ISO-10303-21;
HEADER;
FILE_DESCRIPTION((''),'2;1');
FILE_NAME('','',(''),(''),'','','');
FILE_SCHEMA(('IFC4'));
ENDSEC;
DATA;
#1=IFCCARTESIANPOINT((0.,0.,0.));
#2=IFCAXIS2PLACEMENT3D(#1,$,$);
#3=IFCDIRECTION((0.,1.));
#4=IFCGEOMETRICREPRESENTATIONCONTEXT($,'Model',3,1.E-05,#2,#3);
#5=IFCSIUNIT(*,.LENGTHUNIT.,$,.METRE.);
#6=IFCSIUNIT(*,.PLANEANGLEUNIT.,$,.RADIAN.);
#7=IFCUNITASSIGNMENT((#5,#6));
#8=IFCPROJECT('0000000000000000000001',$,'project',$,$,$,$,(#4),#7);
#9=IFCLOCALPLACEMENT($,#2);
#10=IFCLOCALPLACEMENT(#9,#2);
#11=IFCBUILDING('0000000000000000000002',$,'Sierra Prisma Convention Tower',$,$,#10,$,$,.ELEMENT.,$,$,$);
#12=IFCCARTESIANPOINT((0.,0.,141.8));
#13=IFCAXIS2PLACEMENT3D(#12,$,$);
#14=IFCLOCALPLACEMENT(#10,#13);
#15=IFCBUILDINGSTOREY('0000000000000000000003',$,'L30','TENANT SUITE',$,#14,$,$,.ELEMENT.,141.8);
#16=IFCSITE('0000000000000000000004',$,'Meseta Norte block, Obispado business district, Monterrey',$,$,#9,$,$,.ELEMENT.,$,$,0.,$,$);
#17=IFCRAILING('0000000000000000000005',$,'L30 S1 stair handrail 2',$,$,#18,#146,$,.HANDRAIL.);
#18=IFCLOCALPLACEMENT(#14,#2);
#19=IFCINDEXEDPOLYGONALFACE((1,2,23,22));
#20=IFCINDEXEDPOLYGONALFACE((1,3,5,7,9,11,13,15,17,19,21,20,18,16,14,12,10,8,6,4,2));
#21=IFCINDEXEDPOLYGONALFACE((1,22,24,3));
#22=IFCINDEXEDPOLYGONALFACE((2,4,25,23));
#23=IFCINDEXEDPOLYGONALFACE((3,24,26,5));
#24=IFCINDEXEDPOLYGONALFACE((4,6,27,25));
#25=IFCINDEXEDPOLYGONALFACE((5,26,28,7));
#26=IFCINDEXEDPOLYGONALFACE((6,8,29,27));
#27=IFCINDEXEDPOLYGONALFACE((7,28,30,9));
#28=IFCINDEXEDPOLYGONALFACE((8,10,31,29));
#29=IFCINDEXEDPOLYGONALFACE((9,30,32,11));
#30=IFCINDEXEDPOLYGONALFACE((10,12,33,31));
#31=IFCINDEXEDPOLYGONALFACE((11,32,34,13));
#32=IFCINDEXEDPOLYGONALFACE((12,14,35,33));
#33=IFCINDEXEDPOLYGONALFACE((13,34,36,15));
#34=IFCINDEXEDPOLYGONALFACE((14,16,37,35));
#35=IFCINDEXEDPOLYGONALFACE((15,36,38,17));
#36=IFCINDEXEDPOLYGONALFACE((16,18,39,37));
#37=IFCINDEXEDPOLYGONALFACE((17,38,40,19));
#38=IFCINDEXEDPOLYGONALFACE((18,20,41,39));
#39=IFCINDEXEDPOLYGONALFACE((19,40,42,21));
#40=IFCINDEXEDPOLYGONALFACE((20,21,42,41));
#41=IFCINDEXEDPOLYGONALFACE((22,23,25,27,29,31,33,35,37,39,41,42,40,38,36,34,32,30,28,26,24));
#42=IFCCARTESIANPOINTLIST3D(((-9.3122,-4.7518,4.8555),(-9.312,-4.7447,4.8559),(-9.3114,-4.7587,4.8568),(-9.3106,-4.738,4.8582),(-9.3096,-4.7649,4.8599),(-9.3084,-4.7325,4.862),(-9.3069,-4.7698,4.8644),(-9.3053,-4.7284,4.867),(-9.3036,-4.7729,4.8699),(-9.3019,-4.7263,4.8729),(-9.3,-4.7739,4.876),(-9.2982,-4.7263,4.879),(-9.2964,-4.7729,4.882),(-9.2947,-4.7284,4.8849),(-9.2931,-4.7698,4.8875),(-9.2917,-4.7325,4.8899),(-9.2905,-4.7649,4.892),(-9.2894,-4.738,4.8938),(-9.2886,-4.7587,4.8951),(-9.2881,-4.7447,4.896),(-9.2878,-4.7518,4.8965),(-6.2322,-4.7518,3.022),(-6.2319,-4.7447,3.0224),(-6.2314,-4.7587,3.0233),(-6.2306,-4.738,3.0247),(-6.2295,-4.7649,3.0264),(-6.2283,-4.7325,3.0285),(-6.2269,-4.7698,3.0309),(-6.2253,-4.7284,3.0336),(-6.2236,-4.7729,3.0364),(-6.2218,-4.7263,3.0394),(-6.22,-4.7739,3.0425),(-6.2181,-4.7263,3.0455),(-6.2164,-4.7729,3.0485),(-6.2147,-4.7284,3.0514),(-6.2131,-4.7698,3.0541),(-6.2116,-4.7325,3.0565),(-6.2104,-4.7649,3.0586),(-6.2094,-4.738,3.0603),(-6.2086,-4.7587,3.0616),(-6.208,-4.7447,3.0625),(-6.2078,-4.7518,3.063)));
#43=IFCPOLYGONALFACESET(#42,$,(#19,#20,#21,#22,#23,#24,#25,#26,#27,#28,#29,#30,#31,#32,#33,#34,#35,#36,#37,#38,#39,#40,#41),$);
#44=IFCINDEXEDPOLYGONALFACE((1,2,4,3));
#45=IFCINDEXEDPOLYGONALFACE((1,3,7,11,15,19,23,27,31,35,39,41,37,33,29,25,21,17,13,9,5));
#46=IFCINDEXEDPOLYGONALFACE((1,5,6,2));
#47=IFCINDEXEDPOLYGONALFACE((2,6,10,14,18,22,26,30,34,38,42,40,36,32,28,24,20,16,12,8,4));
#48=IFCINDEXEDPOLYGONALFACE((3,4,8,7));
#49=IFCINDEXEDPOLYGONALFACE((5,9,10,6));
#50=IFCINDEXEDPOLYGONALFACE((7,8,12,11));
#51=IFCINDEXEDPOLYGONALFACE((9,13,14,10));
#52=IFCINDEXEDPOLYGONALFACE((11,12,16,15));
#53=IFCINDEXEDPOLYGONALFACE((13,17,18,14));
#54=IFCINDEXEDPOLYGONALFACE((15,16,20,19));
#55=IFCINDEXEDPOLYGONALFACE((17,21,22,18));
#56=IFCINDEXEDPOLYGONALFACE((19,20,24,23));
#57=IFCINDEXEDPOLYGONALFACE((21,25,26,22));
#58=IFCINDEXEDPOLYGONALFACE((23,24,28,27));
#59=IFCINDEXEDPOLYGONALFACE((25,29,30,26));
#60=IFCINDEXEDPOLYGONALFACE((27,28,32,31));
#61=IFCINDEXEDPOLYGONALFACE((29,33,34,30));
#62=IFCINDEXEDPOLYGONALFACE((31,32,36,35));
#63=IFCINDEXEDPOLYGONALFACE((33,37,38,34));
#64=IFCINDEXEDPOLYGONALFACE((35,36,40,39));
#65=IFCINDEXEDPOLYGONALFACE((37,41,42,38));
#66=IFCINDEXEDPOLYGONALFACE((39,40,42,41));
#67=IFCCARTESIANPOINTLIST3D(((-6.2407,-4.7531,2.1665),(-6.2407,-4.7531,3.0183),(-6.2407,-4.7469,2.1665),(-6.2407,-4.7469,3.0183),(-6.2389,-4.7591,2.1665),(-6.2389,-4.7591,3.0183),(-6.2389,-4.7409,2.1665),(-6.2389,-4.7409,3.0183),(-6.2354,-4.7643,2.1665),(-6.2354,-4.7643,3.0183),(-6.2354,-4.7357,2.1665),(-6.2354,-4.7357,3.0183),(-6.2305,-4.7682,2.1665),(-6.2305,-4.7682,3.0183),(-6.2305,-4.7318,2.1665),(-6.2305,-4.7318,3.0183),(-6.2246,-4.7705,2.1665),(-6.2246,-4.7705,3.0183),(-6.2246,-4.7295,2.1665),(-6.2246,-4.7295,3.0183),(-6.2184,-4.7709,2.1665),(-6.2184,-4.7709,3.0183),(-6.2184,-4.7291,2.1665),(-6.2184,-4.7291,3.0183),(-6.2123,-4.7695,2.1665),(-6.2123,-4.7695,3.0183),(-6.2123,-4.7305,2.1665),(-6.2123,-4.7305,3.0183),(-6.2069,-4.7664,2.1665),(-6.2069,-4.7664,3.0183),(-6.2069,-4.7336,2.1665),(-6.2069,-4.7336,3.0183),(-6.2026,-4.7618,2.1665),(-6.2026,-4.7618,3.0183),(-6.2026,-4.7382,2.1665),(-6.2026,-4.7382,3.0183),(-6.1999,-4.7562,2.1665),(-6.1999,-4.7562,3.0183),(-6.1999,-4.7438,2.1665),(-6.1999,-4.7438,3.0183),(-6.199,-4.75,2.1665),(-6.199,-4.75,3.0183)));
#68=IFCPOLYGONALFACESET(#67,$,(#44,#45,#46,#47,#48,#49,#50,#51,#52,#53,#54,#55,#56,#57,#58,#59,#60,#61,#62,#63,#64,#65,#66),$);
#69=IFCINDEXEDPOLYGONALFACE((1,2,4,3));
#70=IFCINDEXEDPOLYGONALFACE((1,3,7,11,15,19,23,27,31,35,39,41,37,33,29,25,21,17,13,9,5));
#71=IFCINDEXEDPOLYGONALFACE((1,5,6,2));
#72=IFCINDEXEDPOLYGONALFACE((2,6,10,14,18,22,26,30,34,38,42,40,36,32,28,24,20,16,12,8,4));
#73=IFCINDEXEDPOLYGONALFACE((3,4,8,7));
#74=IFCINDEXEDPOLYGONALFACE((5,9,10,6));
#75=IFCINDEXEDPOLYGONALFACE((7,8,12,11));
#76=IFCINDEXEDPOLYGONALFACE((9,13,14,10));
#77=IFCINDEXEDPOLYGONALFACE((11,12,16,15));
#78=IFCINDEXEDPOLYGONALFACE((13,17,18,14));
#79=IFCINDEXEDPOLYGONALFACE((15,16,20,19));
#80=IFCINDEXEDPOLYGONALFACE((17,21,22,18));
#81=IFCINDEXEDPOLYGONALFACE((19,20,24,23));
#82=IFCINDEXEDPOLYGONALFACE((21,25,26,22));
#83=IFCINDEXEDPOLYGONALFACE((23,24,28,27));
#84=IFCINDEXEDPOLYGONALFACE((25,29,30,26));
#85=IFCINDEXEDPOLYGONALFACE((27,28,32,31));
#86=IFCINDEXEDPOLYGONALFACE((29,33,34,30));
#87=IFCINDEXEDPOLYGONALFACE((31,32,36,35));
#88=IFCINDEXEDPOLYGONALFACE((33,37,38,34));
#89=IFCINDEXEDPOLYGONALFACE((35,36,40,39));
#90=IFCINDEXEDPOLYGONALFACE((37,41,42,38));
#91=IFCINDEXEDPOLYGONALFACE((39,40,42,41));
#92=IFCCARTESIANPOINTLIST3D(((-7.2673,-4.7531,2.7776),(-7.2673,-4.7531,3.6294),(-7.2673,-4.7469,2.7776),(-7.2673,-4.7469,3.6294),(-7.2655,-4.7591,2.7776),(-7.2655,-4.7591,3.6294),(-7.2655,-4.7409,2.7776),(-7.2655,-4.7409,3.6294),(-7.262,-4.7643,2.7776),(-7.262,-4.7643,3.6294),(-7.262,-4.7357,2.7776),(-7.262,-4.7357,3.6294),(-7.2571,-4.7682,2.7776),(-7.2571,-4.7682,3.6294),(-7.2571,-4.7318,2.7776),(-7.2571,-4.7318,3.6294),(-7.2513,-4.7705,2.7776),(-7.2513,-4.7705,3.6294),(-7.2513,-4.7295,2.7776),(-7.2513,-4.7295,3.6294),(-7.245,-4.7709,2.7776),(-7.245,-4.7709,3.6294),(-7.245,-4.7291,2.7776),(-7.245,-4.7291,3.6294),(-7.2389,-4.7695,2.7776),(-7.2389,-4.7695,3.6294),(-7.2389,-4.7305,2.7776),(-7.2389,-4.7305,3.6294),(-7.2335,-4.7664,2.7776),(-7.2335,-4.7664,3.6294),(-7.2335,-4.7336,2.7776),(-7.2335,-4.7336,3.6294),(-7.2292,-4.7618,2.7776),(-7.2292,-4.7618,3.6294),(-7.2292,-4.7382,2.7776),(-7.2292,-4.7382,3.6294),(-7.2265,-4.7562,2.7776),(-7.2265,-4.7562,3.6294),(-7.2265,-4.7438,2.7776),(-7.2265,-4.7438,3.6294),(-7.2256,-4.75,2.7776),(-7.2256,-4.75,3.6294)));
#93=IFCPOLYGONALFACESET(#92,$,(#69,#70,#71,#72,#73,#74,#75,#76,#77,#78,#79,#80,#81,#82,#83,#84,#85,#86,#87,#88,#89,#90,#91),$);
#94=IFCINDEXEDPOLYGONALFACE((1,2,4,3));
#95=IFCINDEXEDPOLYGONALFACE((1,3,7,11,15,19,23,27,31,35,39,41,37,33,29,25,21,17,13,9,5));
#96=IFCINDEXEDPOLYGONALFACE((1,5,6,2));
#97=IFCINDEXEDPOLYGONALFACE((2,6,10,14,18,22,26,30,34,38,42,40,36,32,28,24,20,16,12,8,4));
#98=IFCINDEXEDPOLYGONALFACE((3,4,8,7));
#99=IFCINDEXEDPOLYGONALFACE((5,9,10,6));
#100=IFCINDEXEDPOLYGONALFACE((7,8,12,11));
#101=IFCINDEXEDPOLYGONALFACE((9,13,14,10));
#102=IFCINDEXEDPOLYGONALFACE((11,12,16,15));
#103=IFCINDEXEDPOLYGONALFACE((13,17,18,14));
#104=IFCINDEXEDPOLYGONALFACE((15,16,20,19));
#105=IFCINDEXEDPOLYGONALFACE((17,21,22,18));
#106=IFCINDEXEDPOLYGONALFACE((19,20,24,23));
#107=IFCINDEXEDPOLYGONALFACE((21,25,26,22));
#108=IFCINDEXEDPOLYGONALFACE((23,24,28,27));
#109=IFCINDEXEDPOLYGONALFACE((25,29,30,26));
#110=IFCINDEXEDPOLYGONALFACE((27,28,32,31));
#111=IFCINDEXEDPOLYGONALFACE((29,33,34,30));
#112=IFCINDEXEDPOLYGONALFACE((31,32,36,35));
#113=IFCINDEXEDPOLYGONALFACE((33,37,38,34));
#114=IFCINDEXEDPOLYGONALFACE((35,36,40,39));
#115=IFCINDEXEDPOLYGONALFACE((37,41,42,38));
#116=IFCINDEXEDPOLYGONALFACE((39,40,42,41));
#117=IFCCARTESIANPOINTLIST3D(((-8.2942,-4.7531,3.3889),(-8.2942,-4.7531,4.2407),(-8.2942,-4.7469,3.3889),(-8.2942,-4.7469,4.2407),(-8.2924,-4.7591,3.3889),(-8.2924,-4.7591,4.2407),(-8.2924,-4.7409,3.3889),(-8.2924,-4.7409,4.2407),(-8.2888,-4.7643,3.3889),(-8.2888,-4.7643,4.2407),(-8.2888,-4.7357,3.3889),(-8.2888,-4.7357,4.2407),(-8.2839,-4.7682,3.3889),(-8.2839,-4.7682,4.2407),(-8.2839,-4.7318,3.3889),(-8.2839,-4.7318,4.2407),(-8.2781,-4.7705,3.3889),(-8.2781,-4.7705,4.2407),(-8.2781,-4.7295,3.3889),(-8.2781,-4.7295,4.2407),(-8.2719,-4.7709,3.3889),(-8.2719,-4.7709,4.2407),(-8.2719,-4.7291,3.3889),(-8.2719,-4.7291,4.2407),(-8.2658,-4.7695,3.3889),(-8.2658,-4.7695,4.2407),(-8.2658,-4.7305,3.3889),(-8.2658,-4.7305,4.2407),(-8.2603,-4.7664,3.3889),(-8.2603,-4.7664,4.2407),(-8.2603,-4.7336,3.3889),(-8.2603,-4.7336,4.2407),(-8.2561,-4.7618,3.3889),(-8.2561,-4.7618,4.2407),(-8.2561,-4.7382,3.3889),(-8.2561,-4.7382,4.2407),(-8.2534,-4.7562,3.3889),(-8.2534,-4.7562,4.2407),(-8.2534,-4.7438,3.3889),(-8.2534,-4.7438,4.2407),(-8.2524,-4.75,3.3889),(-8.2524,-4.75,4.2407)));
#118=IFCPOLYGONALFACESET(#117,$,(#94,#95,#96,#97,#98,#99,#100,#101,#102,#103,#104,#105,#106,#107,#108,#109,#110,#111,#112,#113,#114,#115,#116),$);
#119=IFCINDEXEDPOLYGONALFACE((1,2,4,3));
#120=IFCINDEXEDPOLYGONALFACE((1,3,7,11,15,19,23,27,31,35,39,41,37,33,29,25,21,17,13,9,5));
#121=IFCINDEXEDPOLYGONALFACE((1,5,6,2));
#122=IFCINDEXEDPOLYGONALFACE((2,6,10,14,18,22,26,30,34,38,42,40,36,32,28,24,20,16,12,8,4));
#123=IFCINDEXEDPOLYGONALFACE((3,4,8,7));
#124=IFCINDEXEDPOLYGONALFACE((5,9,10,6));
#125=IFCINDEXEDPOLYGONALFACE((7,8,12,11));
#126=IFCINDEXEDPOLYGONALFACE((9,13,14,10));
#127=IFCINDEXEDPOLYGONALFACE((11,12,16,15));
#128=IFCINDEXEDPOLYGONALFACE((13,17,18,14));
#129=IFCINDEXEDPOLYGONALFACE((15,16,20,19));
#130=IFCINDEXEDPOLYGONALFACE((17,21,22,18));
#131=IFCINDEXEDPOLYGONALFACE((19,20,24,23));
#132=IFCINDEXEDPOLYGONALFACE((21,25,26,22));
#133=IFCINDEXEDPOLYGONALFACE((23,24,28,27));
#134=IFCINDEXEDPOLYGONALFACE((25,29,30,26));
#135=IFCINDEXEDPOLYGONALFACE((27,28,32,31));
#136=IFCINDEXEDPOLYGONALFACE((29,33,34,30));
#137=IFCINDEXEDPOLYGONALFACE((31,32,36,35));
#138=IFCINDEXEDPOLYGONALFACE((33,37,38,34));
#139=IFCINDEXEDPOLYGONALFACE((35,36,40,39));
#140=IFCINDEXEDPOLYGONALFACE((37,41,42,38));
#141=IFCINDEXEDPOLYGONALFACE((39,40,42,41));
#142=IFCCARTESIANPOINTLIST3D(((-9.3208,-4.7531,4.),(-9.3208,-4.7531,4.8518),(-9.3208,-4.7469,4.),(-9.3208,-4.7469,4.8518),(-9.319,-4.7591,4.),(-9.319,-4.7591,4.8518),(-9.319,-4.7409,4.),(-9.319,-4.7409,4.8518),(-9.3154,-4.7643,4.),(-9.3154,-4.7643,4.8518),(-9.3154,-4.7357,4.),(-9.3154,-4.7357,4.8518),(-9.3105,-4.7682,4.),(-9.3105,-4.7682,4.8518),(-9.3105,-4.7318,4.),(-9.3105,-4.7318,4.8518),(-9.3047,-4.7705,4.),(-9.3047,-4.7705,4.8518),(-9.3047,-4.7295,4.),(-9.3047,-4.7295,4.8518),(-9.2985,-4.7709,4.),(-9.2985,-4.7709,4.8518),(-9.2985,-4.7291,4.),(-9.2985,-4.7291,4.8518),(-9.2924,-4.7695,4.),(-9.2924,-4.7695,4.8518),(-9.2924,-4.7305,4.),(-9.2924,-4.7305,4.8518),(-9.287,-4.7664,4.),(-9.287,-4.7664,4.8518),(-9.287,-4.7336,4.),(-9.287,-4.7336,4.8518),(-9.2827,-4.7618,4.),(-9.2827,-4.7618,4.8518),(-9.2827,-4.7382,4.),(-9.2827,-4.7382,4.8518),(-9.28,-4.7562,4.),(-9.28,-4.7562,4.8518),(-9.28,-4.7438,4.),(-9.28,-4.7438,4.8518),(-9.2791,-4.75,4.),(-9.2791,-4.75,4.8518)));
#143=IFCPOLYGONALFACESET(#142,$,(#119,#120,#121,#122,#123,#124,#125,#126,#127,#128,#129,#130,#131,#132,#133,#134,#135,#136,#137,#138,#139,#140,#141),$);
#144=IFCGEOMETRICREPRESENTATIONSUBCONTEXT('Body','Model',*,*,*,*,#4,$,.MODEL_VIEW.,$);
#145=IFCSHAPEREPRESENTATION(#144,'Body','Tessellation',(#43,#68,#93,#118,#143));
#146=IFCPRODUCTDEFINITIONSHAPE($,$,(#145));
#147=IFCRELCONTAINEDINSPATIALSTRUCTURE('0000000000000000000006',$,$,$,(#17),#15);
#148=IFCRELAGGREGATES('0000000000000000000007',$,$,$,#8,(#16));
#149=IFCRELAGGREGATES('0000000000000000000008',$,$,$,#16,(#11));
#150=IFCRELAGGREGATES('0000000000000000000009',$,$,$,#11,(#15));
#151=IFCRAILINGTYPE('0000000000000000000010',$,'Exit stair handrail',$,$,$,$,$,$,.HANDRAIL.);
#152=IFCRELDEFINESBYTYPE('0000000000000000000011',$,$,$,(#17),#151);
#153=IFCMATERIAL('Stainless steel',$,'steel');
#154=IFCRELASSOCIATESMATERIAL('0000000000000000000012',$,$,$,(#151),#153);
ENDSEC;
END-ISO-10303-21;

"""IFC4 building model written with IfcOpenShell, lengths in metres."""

from ifc_helpers import new_model, si_unit, direction, frame, origin, origin_2d, place, context, subcontext, project, spatial, circle, extrude, material, type_object, element, save


model = new_model("IFC4")

# Units and contexts
model_context = context("Model", 3, precision=1e-05, world=origin(), true_north=direction((0.0, 1.0)))
body_context = subcontext(model_context, "Body", "Model", "MODEL_VIEW")
ifc_project = project(units=[si_unit("LENGTHUNIT", "METRE"), si_unit("PLANEANGLEUNIT", "RADIAN")], contexts=[model_context])

# Site, building, storey
site_placement = place(None, origin())
site = spatial("IfcSite", under=ifc_project, at=site_placement, Name="Meseta Norte block, Obispado business district, Monterrey", CompositionType="ELEMENT", RefElevation=0.0)
building_placement = place(site_placement, origin())
building = spatial("IfcBuilding", under=site, at=building_placement, Name="Sierra Prisma Convention Tower", CompositionType="ELEMENT")
storey_placement = place(building_placement, frame((0.0, 0.0, 141.8)))
storey = spatial("IfcBuildingStorey", under=building, at=storey_placement, Name="L30", Description="TENANT SUITE", CompositionType="ELEMENT", Elevation=141.8)

# Railing
ifc_material_1 = material(Name="Stainless steel", Category="steel")
railing_type_1 = type_object("IfcRailingType", Name="Exit stair handrail", PredefinedType="HANDRAIL", material=ifc_material_1)
railing_1_placement = place(storey_placement, frame((-6.22, -4.75, 2.1665)))
element("IfcRailing", 1, at=railing_1_placement, inside=storey, type_object=railing_type_1, Name="L30 S1 stair handrail 2", PredefinedType="HANDRAIL", context=body_context, shape_type="SweptSolid", body=[
    extrude(circle(Radius=0.0239, at=origin_2d()), frame((0.0, 0.0, 0.876), z_axis=(-0.859279, 0.0, 0.511508), x_axis=(0.0, -1.0, 0.0)), (0.0, 0.0, 1.0), 3.5845),
    extrude(circle(Radius=0.021, at=origin_2d()), origin(), (0.0, 0.0, 1.0), 0.8518),
    extrude(circle(Radius=0.021, at=origin_2d()), frame((-1.0266, 0.0, 0.6111)), (0.0, 0.0, 1.0), 0.8518),
    extrude(circle(Radius=0.021, at=origin_2d()), frame((-2.0535, 0.0, 1.2224)), (0.0, 0.0, 1.0), 0.8518),
    extrude(circle(Radius=0.021, at=origin_2d()), frame((-3.0801, 0.0, 1.8335)), (0.0, 0.0, 1.0), 0.8518),
])

save(model, "model.ifc")
